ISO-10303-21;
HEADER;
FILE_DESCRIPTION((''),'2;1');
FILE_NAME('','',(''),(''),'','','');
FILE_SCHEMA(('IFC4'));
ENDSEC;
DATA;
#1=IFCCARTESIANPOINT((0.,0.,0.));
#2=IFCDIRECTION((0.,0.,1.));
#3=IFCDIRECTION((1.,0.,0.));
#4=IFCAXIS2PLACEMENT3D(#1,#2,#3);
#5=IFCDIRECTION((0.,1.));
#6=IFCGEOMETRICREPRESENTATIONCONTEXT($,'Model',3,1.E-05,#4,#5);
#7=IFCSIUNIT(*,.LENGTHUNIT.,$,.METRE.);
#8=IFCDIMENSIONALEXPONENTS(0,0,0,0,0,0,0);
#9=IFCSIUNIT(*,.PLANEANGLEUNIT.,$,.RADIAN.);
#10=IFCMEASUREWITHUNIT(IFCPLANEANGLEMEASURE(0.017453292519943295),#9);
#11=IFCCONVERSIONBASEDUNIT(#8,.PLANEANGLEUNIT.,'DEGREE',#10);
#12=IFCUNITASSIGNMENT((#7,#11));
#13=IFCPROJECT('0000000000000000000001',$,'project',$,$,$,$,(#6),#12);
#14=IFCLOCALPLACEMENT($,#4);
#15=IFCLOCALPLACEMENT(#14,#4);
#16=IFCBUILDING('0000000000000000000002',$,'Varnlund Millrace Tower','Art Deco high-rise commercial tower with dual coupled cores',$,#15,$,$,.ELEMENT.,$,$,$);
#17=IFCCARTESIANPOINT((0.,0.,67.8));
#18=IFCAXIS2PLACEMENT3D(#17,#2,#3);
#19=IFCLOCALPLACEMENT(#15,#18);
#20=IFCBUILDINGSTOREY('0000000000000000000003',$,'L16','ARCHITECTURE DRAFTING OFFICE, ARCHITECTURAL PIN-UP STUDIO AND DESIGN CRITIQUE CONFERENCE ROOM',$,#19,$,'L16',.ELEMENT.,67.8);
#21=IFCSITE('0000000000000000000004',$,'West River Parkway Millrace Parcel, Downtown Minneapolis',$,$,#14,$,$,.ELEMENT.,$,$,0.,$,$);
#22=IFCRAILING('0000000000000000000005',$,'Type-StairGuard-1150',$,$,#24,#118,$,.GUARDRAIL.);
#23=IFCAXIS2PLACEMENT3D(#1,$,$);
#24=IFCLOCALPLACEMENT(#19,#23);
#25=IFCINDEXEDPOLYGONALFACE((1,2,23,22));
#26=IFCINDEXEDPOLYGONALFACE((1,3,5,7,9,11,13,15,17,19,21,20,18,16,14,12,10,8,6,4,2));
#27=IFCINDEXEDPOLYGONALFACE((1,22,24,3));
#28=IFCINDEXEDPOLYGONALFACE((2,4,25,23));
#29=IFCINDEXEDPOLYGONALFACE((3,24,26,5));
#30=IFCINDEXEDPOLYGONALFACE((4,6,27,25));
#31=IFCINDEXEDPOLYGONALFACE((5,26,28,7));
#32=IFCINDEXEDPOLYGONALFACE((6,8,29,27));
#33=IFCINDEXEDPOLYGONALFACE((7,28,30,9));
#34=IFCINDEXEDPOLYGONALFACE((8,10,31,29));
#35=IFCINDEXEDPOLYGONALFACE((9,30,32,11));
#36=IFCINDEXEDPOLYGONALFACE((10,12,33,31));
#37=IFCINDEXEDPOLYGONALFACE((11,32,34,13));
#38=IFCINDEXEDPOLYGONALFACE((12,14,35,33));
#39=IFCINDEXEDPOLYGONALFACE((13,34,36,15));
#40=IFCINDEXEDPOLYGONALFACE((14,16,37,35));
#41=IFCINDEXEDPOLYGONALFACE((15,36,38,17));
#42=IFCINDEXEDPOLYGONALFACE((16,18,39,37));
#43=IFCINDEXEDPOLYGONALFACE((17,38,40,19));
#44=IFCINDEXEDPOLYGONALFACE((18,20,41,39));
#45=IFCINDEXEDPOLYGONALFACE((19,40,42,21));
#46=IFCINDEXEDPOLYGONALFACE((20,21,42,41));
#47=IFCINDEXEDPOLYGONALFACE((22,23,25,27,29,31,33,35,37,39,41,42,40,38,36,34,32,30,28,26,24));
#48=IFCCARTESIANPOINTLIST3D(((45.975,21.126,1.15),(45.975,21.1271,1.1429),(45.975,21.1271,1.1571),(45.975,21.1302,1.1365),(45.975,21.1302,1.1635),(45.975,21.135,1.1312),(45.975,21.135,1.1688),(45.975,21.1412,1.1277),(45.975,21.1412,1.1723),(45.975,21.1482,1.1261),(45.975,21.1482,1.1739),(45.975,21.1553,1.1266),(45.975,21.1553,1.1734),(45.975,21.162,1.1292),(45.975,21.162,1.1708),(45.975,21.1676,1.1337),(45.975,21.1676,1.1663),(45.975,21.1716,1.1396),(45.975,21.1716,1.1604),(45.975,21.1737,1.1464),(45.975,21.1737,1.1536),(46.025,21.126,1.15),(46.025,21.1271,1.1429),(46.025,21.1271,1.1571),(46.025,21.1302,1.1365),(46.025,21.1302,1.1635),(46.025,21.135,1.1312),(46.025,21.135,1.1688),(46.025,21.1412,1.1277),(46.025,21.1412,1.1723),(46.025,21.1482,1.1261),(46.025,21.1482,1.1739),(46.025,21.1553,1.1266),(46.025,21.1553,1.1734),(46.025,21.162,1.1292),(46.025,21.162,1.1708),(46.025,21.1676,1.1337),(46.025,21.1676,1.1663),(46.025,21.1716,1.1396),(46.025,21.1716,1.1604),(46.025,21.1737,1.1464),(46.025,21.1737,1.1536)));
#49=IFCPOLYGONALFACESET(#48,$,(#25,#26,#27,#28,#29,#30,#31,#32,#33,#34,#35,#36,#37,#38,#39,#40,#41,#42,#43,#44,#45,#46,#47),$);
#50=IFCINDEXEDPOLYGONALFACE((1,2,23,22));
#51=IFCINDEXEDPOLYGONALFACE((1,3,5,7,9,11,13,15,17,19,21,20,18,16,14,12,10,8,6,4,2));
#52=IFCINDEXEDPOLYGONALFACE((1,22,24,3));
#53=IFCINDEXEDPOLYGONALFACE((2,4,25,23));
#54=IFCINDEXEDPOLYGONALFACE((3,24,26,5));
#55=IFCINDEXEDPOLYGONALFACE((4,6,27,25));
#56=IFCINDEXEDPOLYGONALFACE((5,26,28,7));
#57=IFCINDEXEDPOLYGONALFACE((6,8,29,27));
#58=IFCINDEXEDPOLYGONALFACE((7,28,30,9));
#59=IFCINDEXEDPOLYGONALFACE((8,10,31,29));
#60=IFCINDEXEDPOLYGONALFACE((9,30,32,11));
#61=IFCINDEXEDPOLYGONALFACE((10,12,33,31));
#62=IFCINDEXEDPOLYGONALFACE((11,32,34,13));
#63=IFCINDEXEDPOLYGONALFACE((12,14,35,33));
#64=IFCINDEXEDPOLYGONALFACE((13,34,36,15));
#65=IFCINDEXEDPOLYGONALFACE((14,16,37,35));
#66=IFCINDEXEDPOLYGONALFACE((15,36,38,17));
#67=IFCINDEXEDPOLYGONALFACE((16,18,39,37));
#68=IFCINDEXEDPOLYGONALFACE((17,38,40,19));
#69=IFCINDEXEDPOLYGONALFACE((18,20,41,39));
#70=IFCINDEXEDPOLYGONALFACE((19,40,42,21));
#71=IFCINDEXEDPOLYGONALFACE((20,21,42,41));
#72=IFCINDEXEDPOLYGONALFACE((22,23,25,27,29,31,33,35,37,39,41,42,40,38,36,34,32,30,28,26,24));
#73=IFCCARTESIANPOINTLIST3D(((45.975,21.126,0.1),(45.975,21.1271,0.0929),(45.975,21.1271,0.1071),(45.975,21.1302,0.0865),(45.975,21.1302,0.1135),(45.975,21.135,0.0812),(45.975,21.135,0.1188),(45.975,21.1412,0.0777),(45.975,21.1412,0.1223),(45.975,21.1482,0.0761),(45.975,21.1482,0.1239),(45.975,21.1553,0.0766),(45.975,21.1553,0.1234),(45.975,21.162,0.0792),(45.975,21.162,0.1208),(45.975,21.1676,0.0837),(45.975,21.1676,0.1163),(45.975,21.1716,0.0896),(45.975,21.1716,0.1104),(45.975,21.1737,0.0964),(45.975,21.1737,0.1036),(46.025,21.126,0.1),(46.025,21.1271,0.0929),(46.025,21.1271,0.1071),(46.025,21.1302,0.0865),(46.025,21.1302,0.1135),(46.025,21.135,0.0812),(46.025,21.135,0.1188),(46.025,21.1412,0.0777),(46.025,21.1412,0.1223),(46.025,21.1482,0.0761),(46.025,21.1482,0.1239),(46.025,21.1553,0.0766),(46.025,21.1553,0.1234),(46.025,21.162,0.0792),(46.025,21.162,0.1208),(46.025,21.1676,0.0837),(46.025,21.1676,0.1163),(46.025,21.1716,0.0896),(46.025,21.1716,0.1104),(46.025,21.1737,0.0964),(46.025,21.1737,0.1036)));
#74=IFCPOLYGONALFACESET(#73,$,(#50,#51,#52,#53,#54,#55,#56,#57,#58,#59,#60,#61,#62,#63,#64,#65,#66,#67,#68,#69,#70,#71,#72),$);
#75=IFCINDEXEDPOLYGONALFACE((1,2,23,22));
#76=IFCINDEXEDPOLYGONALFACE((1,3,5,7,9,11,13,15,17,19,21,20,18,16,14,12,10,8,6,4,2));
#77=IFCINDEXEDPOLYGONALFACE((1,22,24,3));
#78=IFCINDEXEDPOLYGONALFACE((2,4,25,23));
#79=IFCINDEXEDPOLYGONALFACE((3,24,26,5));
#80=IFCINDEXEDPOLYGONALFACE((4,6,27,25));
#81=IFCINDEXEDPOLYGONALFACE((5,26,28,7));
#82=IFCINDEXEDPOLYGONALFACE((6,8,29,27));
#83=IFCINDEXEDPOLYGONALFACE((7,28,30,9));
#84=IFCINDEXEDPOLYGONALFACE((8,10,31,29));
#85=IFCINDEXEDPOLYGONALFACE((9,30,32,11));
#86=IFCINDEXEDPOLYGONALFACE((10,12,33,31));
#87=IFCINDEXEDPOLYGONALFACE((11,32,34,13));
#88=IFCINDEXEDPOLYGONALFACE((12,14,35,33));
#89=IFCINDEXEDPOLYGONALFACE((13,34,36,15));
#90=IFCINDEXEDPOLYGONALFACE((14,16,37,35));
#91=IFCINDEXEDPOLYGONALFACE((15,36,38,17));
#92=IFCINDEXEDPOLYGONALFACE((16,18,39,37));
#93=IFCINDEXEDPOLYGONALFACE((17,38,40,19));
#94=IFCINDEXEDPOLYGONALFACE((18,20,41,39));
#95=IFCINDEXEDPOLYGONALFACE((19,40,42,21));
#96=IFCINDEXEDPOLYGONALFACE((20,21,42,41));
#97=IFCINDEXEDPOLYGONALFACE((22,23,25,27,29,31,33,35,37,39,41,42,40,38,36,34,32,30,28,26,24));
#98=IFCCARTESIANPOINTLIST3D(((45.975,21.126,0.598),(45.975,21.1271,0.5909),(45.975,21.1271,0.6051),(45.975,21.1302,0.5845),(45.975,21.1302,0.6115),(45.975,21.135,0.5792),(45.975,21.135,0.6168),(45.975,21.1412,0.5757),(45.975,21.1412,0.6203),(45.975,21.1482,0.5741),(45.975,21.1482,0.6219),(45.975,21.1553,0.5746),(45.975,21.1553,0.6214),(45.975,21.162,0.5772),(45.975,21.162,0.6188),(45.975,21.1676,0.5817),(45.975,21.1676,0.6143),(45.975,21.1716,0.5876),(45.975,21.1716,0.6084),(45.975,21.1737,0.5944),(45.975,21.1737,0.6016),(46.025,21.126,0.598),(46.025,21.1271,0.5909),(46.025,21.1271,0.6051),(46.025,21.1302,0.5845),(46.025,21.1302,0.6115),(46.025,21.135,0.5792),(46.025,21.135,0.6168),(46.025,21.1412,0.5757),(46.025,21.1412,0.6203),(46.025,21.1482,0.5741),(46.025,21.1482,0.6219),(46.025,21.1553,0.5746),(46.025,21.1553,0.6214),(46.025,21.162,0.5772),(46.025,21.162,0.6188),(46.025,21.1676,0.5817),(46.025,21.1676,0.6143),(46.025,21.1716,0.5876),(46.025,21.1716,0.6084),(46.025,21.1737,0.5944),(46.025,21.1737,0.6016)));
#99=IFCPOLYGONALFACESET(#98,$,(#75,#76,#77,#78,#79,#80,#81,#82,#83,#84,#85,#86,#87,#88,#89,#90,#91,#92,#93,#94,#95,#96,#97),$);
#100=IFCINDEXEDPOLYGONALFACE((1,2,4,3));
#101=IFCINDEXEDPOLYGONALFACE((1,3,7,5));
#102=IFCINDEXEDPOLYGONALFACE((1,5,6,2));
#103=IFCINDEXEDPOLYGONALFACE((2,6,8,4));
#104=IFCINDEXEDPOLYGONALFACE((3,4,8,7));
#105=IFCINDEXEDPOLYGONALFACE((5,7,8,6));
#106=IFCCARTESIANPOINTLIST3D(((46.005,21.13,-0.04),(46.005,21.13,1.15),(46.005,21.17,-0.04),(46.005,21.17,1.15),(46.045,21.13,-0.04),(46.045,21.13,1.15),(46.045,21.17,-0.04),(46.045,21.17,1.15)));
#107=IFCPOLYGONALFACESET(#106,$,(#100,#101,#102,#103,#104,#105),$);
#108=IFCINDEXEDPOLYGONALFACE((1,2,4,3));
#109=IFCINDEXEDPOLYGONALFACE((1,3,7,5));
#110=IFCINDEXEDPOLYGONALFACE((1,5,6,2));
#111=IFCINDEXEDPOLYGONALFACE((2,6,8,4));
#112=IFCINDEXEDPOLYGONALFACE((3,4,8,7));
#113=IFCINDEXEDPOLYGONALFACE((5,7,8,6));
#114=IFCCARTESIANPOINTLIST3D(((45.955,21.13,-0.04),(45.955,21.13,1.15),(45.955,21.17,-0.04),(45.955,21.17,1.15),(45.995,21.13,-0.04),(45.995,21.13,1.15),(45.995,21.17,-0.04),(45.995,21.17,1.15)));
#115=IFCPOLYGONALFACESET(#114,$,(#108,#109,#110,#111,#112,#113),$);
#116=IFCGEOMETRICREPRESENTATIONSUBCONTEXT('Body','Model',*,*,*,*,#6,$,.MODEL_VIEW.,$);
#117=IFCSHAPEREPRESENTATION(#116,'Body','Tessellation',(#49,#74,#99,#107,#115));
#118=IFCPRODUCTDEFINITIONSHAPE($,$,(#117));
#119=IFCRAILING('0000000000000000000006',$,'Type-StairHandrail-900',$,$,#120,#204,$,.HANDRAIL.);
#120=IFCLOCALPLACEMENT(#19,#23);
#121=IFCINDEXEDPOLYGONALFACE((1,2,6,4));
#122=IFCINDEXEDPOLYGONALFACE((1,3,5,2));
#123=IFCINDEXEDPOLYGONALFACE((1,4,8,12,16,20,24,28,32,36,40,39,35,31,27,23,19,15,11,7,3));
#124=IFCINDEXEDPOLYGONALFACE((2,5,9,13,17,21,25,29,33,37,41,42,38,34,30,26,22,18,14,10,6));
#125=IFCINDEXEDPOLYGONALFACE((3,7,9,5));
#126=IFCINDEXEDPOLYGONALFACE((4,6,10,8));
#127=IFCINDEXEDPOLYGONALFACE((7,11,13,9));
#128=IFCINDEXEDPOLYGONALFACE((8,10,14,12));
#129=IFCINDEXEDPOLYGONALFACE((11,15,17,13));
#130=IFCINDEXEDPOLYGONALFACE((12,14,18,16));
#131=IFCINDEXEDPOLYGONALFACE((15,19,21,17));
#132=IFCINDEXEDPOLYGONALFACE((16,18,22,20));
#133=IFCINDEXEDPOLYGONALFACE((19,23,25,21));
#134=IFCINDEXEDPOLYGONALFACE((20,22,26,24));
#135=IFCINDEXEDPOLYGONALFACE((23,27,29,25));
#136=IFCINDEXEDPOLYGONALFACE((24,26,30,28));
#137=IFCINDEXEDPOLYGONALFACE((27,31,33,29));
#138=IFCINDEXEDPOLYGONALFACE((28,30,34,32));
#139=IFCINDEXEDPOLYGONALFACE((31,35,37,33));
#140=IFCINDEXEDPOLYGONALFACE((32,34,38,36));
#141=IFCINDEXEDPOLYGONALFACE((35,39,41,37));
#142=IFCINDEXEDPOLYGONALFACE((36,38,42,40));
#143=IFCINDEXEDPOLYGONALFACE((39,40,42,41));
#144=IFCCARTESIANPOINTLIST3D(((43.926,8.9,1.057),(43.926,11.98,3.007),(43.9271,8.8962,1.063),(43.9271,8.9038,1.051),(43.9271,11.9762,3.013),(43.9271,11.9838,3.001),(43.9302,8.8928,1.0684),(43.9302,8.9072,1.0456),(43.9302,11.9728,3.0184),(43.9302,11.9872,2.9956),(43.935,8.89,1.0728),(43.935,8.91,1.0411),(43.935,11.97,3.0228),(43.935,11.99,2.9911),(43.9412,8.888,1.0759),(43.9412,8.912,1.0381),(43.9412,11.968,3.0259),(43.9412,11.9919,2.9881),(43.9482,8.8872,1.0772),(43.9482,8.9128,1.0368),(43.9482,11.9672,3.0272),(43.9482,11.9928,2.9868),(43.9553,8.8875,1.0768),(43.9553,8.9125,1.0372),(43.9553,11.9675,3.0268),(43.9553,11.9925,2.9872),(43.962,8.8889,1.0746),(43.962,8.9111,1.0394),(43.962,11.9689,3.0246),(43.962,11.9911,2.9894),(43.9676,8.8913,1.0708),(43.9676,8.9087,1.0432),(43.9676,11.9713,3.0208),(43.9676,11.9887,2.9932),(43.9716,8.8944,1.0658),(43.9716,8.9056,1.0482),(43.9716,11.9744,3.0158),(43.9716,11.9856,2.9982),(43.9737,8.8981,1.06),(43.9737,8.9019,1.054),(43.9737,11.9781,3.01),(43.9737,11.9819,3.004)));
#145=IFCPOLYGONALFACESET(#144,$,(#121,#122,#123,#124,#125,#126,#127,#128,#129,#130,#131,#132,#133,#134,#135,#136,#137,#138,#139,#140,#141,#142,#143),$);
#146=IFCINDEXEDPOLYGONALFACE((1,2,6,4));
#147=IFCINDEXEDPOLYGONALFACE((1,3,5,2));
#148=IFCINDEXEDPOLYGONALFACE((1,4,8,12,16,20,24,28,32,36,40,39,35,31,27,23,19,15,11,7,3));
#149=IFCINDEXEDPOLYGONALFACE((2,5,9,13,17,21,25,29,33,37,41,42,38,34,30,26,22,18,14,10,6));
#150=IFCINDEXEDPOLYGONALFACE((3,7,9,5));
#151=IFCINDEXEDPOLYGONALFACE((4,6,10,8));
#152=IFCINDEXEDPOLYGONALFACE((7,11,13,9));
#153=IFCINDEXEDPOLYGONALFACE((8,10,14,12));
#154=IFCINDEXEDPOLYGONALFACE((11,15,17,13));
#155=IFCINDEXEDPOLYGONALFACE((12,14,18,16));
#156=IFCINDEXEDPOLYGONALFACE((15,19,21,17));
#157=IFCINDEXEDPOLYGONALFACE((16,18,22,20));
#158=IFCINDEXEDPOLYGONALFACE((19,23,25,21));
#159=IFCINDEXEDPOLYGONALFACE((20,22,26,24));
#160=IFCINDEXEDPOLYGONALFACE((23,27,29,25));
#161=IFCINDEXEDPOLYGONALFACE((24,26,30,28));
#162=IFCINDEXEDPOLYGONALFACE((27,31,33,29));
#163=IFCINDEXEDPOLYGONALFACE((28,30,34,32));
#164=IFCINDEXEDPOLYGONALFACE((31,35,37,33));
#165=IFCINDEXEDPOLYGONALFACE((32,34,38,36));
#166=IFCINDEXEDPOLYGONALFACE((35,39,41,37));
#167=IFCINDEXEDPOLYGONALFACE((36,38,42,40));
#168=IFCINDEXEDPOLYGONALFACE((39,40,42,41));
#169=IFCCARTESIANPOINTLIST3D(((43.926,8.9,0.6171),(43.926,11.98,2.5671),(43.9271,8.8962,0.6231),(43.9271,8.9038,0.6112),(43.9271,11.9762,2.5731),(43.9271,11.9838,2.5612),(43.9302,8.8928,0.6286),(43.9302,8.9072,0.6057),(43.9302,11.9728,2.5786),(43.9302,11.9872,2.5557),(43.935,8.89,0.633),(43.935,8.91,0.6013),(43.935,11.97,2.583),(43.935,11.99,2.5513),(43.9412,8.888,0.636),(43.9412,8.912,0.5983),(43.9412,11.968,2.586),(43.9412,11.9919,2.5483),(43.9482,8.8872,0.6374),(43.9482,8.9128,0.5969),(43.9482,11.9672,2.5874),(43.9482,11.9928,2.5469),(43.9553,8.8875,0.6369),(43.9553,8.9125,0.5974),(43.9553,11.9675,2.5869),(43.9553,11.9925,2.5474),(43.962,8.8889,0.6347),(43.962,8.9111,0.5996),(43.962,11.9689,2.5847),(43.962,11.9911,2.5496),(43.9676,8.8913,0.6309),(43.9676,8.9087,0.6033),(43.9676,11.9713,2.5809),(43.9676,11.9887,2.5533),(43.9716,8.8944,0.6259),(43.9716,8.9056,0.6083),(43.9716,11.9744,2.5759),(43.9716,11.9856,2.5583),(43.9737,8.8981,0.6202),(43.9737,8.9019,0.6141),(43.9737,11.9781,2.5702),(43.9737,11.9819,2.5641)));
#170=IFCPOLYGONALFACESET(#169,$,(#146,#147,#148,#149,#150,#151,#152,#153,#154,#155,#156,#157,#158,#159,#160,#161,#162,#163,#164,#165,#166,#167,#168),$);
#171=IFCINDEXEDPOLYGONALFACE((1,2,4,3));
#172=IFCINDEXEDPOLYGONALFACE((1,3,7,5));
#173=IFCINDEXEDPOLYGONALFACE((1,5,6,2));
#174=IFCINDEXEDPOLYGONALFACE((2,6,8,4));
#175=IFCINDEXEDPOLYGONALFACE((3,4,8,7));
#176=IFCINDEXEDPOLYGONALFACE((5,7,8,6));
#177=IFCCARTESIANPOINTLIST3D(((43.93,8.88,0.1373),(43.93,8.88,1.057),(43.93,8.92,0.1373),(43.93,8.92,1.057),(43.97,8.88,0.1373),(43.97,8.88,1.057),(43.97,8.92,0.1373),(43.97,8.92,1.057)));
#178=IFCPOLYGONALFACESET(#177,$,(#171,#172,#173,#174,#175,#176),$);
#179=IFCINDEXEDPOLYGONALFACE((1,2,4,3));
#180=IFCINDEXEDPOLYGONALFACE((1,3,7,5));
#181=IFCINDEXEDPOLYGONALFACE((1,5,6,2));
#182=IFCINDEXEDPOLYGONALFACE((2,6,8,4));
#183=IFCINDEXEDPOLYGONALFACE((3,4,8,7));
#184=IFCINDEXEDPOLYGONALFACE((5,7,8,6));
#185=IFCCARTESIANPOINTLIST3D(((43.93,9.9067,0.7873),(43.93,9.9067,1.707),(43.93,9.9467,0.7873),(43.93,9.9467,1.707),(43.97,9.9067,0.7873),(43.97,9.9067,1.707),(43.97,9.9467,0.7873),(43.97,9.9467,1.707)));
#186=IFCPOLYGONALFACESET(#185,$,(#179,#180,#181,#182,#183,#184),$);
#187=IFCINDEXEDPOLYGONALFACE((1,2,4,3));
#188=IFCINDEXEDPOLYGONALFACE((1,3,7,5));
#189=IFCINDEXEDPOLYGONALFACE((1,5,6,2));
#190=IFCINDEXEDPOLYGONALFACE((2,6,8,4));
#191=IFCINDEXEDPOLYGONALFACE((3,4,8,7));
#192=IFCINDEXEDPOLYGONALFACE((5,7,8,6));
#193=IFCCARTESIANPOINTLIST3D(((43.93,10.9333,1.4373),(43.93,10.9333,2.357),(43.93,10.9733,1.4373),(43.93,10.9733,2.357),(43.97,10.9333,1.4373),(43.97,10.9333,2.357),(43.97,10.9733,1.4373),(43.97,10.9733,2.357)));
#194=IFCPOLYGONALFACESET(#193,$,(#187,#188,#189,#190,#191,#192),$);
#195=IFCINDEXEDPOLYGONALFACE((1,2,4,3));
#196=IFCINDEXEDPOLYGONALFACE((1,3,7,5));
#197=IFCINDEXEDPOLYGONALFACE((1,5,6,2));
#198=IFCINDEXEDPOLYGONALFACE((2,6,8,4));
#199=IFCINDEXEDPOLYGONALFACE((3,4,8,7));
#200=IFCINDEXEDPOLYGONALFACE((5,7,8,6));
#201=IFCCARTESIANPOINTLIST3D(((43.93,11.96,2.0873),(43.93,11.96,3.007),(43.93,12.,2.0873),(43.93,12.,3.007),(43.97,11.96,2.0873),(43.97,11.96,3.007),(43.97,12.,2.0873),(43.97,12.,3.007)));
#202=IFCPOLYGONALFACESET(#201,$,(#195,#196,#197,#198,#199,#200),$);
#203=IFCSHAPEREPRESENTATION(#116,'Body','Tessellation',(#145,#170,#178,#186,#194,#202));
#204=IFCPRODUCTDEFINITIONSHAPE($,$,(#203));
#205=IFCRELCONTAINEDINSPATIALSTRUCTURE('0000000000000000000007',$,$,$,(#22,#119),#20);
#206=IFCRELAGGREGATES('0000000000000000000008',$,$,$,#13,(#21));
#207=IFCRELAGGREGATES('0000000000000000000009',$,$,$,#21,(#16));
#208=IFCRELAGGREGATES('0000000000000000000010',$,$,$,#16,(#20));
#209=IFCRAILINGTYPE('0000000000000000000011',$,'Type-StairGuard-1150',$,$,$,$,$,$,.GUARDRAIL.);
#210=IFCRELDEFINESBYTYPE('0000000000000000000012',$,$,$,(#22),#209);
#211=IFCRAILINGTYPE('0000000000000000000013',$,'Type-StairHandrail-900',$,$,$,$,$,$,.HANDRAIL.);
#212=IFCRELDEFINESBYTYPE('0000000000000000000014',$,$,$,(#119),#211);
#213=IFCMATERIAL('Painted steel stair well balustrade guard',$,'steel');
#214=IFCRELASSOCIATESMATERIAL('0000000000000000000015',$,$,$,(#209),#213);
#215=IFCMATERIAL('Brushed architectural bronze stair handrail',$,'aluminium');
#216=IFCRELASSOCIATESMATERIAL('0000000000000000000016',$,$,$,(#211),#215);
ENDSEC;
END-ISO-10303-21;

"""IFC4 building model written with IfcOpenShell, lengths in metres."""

from ifc_helpers import new_model, entity, si_unit, converted_unit, direction, frame, origin_with_axes, origin_2d_with_axis, place, context, subcontext, project, spatial, rectangle, circle, extrude, material, type_object, element, save


model = new_model("IFC4")

# Units and contexts
model_context = context("Model", 3, precision=1e-05, world=origin_with_axes(), true_north=direction((0.0, 1.0)))
body_context = subcontext(model_context, "Body", "Model", "MODEL_VIEW")
ifc_project = project(units=[si_unit("LENGTHUNIT", "METRE"), converted_unit("PLANEANGLEUNIT", "DEGREE", entity("IfcPlaneAngleMeasure", 0.017453292519943295), si_unit("PLANEANGLEUNIT", "RADIAN"), dimensions=[0, 0, 0, 0, 0, 0, 0])], contexts=[model_context])

# Site, building, storey
site_placement = place(None, origin_with_axes())
site = spatial("IfcSite", under=ifc_project, at=site_placement, Name="West River Parkway Millrace Parcel, Downtown Minneapolis", CompositionType="ELEMENT", RefElevation=0.0)
building_placement = place(site_placement, origin_with_axes())
building = spatial("IfcBuilding", under=site, at=building_placement, Name="Varnlund Millrace Tower", Description="Art Deco high-rise commercial tower with dual coupled cores", CompositionType="ELEMENT")
storey_placement = place(building_placement, frame((0.0, 0.0, 67.8), z_axis=(0.0, 0.0, 1.0), x_axis=(1.0, 0.0, 0.0)))
storey = spatial("IfcBuildingStorey", under=building, at=storey_placement, Name="L16", Description="ARCHITECTURE DRAFTING OFFICE, ARCHITECTURAL PIN-UP STUDIO AND DESIGN CRITIQUE CONFERENCE ROOM", LongName="L16", CompositionType="ELEMENT", Elevation=67.8)

# Railings
ifc_material_1 = material(Name="Painted steel stair well balustrade guard", Category="steel")
railing_type_1 = type_object("IfcRailingType", Name="Type-StairGuard-1150", PredefinedType="GUARDRAIL", material=ifc_material_1)
railing_1_placement = place(storey_placement, frame((0.0, 0.0, -67.8), z_axis=(0.0, 0.0, 1.0), x_axis=(1.0, 0.0, 0.0)))
element("IfcRailing", 1, at=railing_1_placement, inside=storey, type_object=railing_type_1, Name="Type-StairGuard-1150", PredefinedType="GUARDRAIL", context=body_context, shape_type="SweptSolid", body=[
    extrude(circle(Radius=0.024, at=origin_2d_with_axis()), frame((46.025, 21.15, 68.95), z_axis=(-1.0, 0.0, 0.0), x_axis=(0.0, -1.0, 0.0)), (0.0, 0.0, 1.0), 0.05),
    extrude(circle(Radius=0.024, at=origin_2d_with_axis()), frame((46.025, 21.15, 67.9), z_axis=(-1.0, 0.0, 0.0), x_axis=(0.0, -1.0, 0.0)), (0.0, 0.0, 1.0), 0.05),
    extrude(circle(Radius=0.024, at=origin_2d_with_axis()), frame((46.025, 21.15, 68.398), z_axis=(-1.0, 0.0, 0.0), x_axis=(0.0, -1.0, 0.0)), (0.0, 0.0, 1.0), 0.05),
    extrude(rectangle(XDim=0.04, YDim=0.04, at=origin_2d_with_axis()), frame((46.025, 21.15, 67.76), z_axis=(0.0, 0.0, 1.0), x_axis=(1.0, 0.0, 0.0)), (0.0, 0.0, 1.0), 1.19),
    extrude(rectangle(XDim=0.04, YDim=0.04, at=origin_2d_with_axis()), frame((45.975, 21.15, 67.76), z_axis=(0.0, 0.0, 1.0), x_axis=(1.0, 0.0, 0.0)), (0.0, 0.0, 1.0), 1.19),
])
ifc_material_2 = material(Name="Brushed architectural bronze stair handrail", Category="aluminium")
railing_type_2 = type_object("IfcRailingType", Name="Type-StairHandrail-900", PredefinedType="HANDRAIL", material=ifc_material_2)
railing_2_placement = place(storey_placement, frame((0.0, 0.0, -67.8), z_axis=(0.0, 0.0, 1.0), x_axis=(1.0, 0.0, 0.0)))
element("IfcRailing", 2, at=railing_2_placement, inside=storey, type_object=railing_type_2, Name="Type-StairHandrail-900", PredefinedType="HANDRAIL", context=body_context, shape_type="SweptSolid", body=[
    extrude(circle(Radius=0.024, at=origin_2d_with_axis()), frame((43.95, 8.9, 68.857), z_axis=(0.0, 0.844902, 0.534922), x_axis=(-1.0, 0.0, 0.0)), (0.0, 0.0, 1.0), 3.6454),
    extrude(circle(Radius=0.024, at=origin_2d_with_axis()), frame((43.95, 8.9, 68.4171), z_axis=(0.0, 0.844902, 0.534922), x_axis=(-1.0, 0.0, 0.0)), (0.0, 0.0, 1.0), 3.6454),
    extrude(rectangle(XDim=0.04, YDim=0.04, at=origin_2d_with_axis()), frame((43.95, 8.9, 67.9373), z_axis=(0.0, 0.0, 1.0), x_axis=(1.0, 0.0, 0.0)), (0.0, 0.0, 1.0), 0.9197),
    extrude(rectangle(XDim=0.04, YDim=0.04, at=origin_2d_with_axis()), frame((43.95, 9.9267, 68.5873), z_axis=(0.0, 0.0, 1.0), x_axis=(1.0, 0.0, 0.0)), (0.0, 0.0, 1.0), 0.9197),
    extrude(rectangle(XDim=0.04, YDim=0.04, at=origin_2d_with_axis()), frame((43.95, 10.9533, 69.2373), z_axis=(0.0, 0.0, 1.0), x_axis=(1.0, 0.0, 0.0)), (0.0, 0.0, 1.0), 0.9197),
    extrude(rectangle(XDim=0.04, YDim=0.04, at=origin_2d_with_axis()), frame((43.95, 11.98, 69.8873), z_axis=(0.0, 0.0, 1.0), x_axis=(1.0, 0.0, 0.0)), (0.0, 0.0, 1.0), 0.9197),
])

save(model, "model.ifc")
